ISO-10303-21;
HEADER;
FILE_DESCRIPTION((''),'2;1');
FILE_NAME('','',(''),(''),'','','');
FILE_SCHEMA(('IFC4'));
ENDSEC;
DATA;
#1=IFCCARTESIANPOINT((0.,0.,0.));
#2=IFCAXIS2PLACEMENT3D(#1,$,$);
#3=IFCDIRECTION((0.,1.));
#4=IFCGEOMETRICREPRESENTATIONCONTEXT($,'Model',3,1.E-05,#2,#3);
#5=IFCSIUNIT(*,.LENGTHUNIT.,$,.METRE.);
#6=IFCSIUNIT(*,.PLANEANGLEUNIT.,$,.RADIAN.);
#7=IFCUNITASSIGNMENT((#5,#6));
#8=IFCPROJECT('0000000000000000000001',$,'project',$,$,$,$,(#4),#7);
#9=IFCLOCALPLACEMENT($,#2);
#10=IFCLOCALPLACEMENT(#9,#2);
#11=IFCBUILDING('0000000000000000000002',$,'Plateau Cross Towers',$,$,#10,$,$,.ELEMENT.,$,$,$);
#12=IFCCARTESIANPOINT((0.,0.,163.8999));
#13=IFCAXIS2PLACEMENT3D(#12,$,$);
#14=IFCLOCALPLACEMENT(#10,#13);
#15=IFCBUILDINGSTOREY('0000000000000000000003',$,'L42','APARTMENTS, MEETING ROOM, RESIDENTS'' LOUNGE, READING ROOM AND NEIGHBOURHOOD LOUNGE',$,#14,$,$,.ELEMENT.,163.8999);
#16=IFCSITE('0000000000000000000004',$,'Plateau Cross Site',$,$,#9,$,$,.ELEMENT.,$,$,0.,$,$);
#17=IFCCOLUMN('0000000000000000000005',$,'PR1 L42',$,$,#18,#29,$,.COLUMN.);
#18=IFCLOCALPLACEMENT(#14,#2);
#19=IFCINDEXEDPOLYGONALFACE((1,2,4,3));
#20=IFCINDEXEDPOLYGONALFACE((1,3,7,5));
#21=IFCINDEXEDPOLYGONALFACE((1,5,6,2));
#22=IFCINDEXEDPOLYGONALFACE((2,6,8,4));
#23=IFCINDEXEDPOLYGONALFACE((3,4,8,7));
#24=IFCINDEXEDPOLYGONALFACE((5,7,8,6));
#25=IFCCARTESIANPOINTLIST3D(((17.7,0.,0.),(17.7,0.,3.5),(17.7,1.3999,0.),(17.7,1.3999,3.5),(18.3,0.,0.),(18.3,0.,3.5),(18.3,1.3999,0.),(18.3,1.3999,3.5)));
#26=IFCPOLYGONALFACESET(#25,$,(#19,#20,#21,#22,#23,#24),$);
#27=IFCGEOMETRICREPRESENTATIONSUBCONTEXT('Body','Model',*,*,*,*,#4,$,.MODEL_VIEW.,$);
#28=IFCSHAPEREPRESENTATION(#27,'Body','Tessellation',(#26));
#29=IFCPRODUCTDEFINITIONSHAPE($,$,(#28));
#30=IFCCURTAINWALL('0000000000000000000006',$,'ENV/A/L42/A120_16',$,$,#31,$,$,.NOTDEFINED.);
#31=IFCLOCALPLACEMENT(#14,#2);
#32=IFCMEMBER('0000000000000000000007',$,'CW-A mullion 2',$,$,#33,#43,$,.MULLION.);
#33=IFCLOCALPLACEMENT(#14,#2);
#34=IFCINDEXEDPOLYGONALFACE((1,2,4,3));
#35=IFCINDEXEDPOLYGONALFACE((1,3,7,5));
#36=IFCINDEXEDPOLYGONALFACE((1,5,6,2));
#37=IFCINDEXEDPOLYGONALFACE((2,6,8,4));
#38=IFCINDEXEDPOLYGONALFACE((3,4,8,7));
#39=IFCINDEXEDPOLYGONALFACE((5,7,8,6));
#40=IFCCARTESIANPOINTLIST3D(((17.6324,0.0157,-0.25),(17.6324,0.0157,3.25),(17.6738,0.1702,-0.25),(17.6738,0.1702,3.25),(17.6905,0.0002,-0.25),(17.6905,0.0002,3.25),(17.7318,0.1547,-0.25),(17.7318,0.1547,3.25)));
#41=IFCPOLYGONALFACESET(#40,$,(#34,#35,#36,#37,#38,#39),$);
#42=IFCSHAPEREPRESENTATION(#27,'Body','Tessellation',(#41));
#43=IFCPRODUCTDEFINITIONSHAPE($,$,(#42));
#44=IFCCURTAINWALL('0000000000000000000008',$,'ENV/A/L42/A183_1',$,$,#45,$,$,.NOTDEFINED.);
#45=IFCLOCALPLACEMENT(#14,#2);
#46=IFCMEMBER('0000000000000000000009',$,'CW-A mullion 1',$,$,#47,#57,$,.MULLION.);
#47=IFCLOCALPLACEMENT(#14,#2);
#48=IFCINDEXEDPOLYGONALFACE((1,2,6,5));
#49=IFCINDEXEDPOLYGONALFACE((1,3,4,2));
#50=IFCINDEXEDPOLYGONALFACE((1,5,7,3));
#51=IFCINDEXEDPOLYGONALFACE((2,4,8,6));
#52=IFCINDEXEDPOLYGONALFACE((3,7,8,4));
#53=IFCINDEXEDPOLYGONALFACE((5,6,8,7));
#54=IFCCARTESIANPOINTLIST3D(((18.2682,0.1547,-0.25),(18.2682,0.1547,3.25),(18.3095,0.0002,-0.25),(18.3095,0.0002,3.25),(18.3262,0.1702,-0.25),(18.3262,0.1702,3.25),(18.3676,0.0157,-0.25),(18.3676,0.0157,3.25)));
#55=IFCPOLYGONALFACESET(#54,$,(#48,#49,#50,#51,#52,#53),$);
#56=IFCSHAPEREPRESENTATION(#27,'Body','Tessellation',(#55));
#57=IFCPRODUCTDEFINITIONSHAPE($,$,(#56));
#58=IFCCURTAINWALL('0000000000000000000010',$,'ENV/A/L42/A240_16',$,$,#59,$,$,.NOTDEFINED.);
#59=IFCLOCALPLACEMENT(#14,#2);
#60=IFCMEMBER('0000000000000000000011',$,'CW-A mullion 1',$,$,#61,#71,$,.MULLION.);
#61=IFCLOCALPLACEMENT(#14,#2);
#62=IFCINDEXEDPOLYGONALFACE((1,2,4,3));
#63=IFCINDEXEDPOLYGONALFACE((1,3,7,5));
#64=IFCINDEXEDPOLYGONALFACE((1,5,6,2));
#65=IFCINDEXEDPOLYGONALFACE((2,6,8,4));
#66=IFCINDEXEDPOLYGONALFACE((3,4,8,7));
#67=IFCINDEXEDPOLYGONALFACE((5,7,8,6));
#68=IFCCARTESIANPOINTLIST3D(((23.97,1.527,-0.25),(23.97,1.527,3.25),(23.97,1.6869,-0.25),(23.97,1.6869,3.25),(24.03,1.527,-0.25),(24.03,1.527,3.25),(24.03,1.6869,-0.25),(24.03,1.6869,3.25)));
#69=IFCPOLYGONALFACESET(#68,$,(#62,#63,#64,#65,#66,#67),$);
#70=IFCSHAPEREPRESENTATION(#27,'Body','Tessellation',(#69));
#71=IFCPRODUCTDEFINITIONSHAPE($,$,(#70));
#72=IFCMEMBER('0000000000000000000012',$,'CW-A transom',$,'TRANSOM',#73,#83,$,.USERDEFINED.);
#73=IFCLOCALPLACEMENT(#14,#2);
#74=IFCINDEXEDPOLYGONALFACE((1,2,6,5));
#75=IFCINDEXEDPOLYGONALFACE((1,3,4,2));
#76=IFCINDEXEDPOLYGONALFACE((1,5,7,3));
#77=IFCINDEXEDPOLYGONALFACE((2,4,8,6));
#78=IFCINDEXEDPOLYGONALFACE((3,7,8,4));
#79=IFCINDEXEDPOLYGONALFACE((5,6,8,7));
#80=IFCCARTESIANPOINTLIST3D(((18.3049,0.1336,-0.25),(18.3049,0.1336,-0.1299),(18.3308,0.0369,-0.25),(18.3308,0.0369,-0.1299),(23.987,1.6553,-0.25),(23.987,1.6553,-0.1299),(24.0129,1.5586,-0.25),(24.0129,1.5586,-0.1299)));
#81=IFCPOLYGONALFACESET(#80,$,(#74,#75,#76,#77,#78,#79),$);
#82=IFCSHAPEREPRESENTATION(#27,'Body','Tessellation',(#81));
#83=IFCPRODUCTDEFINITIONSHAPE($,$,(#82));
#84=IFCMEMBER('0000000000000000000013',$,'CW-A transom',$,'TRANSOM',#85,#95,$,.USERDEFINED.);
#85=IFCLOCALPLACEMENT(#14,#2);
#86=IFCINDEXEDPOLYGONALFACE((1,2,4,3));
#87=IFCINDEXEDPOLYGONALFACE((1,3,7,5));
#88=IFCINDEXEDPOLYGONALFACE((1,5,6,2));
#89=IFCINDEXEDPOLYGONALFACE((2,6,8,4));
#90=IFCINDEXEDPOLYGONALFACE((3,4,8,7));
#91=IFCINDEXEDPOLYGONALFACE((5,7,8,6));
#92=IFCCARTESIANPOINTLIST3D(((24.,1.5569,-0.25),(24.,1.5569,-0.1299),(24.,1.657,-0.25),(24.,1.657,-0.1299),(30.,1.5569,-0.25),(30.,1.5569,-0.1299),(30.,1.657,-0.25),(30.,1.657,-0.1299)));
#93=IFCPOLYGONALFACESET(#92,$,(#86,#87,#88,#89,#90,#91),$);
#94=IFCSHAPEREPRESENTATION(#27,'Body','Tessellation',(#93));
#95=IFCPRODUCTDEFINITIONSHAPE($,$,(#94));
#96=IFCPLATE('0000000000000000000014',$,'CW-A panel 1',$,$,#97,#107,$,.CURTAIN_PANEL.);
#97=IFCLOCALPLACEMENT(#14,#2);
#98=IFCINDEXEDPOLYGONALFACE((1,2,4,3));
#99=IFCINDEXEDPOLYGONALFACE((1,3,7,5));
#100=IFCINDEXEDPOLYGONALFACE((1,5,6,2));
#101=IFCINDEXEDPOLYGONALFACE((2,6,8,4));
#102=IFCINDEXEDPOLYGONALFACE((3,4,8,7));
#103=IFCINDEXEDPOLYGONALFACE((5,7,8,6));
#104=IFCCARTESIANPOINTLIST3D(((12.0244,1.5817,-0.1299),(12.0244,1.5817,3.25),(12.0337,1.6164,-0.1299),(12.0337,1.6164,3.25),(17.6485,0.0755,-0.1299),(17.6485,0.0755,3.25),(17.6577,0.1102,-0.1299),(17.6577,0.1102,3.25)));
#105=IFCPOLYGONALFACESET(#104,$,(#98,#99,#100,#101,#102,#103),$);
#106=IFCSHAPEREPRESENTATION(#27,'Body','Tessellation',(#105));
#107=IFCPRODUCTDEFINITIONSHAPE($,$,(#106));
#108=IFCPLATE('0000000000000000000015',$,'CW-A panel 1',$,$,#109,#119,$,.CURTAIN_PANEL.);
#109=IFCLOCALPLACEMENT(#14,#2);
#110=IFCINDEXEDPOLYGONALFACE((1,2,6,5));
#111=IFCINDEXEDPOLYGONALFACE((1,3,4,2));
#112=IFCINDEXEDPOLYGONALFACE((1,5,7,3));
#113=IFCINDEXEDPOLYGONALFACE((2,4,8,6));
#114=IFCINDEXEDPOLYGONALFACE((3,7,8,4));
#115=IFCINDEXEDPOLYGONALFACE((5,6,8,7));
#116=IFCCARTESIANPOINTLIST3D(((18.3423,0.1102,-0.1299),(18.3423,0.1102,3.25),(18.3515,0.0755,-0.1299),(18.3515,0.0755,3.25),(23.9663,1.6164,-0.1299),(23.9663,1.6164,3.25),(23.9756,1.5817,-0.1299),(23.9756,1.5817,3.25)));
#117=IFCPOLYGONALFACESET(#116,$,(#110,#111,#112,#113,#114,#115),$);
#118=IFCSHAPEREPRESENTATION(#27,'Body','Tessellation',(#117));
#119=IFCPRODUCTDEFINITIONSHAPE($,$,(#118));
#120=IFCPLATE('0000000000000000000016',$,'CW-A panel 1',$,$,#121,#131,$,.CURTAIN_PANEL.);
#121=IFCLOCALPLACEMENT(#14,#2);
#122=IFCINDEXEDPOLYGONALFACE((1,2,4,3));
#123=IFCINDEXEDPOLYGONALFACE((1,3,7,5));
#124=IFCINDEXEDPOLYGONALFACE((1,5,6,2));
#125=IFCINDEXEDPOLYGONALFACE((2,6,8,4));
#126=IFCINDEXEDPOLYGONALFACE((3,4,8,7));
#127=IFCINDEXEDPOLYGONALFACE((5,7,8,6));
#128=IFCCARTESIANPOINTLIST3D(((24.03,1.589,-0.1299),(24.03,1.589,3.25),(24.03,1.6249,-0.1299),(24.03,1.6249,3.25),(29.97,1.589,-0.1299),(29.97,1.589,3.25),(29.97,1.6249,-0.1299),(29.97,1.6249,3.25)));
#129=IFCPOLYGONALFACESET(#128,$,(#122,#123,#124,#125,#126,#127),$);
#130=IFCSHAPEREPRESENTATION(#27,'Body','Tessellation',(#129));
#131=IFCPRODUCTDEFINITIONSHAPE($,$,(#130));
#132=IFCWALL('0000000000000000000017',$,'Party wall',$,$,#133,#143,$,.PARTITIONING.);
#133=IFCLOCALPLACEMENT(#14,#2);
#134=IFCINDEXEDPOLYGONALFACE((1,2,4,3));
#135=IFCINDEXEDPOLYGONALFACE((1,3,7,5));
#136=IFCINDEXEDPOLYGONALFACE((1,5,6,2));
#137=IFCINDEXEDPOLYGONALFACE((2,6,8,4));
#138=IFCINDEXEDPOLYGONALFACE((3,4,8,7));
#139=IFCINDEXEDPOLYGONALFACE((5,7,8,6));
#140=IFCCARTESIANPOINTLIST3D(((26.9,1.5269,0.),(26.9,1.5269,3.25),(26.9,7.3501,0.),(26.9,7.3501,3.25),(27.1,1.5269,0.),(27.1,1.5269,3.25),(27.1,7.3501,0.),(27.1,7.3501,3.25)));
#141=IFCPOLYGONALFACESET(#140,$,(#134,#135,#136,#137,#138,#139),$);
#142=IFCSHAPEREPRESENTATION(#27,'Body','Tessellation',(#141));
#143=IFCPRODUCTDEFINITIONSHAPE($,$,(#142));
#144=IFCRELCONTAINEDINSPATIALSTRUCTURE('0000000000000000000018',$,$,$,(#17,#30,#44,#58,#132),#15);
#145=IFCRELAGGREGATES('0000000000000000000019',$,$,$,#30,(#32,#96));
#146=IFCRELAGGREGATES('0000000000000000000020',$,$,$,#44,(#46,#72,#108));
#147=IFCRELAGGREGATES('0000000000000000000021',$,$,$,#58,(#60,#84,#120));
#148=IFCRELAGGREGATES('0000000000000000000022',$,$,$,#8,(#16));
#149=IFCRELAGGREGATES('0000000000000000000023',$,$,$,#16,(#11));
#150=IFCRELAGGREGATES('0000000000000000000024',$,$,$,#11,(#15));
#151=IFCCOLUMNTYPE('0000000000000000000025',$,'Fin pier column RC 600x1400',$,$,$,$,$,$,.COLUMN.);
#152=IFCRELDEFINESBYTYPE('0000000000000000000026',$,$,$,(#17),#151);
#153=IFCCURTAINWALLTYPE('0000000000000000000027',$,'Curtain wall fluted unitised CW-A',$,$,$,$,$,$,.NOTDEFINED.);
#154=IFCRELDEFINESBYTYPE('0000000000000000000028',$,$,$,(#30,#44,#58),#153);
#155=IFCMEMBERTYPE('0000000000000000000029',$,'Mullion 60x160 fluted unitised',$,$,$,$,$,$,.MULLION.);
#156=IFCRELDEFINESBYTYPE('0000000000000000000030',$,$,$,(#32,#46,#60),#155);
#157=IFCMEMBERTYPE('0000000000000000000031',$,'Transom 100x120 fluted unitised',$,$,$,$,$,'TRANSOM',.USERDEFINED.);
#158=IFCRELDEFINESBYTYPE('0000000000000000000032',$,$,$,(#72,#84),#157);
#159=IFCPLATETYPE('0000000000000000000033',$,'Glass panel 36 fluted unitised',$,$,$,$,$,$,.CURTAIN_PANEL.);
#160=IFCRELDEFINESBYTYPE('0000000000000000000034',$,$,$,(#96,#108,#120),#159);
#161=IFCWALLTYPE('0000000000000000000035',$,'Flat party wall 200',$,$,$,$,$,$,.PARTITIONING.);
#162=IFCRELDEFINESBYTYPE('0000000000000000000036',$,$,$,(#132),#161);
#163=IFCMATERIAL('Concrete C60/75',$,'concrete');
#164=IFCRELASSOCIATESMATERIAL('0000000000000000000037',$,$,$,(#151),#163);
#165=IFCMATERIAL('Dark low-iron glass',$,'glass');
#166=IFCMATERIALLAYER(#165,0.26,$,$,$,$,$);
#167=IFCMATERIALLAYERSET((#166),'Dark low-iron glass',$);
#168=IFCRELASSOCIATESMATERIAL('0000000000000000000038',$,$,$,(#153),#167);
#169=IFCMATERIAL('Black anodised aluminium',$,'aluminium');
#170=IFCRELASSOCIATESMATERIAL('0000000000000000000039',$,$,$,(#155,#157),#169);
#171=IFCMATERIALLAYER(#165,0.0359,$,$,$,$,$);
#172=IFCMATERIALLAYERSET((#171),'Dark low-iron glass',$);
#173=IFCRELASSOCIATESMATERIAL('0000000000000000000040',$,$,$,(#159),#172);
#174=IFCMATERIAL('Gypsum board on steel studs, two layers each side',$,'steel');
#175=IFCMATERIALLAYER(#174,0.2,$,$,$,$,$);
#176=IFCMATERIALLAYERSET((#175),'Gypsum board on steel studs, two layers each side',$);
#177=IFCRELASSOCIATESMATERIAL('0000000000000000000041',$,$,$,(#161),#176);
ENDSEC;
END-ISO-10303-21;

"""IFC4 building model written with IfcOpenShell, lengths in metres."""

from ifc_helpers import new_model, si_unit, direction, frame, frame_2d, origin, origin_2d, place, context, subcontext, project, spatial, rectangle, extrude, material, layer, layer_set, material_profile, profile_set, type_object, element, aggregate, save


model = new_model("IFC4")

# Units and contexts
model_context = context("Model", 3, precision=1e-05, world=origin(), true_north=direction((0.0, 1.0)))
body_context = subcontext(model_context, "Body", "Model", "MODEL_VIEW")
ifc_project = project(units=[si_unit("LENGTHUNIT", "METRE"), si_unit("PLANEANGLEUNIT", "RADIAN")], contexts=[model_context])

# Site, building, storey
site_placement = place(None, origin())
site = spatial("IfcSite", under=ifc_project, at=site_placement, Name="Plateau Cross Site", CompositionType="ELEMENT", RefElevation=0.0)
building_placement = place(site_placement, origin())
building = spatial("IfcBuilding", under=site, at=building_placement, Name="Plateau Cross Towers", CompositionType="ELEMENT")
storey_placement = place(building_placement, frame((0.0, 0.0, 163.8999)))
storey = spatial("IfcBuildingStorey", under=building, at=storey_placement, Name="L42", Description="APARTMENTS, MEETING ROOM, RESIDENTS' LOUNGE, READING ROOM AND NEIGHBOURHOOD LOUNGE", CompositionType="ELEMENT", Elevation=163.8999)

# Column
ifc_material_1 = material(Name="Concrete C60/75", Category="concrete")
ifc_material_profile_1 = material_profile(ifc_material_1, rectangle(XDim=0.6001, YDim=1.3999, at=origin_2d()), Name="RC 600x1400")
ifc_profile_set_1 = profile_set([ifc_material_profile_1], Name="Concrete C60/75")
column_type = type_object("IfcColumnType", Name="Fin pier column RC 600x1400", PredefinedType="COLUMN", material=ifc_profile_set_1)
column_placement = place(storey_placement, frame((18.0, 0.7, 0.0), z_axis=(0.0, 0.0, 1.0), x_axis=(1.0, 0.0, 0.0)))
element("IfcColumn", 1, at=column_placement, inside=storey, type_object=column_type, Name="PR1 L42", PredefinedType="COLUMN", context=body_context, shape_type="SweptSolid", body=[
    extrude(rectangle(XDim=0.6001, YDim=1.3999, at=origin_2d()), origin(), (0.0, 0.0, 1.0), 3.5),
])

# Curtain walls, members
ifc_material_2 = material(Name="Dark low-iron glass", Category="glass")
ifc_layer_1 = layer(ifc_material_2, 0.26)
ifc_layer_set_1 = layer_set([ifc_layer_1], Name="Dark low-iron glass")
curtain_wall_type = type_object("IfcCurtainWallType", Name="Curtain wall fluted unitised CW-A", PredefinedType="NOTDEFINED", material=ifc_layer_set_1)
curtain_wall_1_placement = place(storey_placement, origin())
curtain_wall_1 = element("IfcCurtainWall", 2, at=curtain_wall_1_placement, inside=storey, type_object=curtain_wall_type, Name="ENV/A/L42/A120_16", PredefinedType="NOTDEFINED")
ifc_material_3 = material(Name="Black anodised aluminium", Category="aluminium")
ifc_material_profile_2 = material_profile(ifc_material_3, rectangle(XDim=0.0601, YDim=0.1599, at=origin_2d()), Name="MULLION 60x160")
ifc_profile_set_2 = profile_set([ifc_material_profile_2], Name="Black anodised aluminium")
member_type_1 = type_object("IfcMemberType", Name="Mullion 60x160 fluted unitised", PredefinedType="MULLION", material=ifc_profile_set_2)
member_1_placement = place(storey_placement, frame((17.6821, 0.0852, -0.25), z_axis=(0.0, 0.0, 1.0), x_axis=(0.965958, -0.258699, 0.0)))
member_1 = element("IfcMember", 3, at=member_1_placement, type_object=member_type_1, Name="CW-A mullion 2", PredefinedType="MULLION", context=body_context, shape_type="SweptSolid", body=[
    extrude(rectangle(XDim=0.0601, YDim=0.1599, at=origin_2d()), origin(), (0.0, 0.0, 1.0), 3.5),
])
curtain_wall_2_placement = place(storey_placement, origin())
curtain_wall_2 = element("IfcCurtainWall", 4, at=curtain_wall_2_placement, inside=storey, type_object=curtain_wall_type, Name="ENV/A/L42/A183_1", PredefinedType="NOTDEFINED")
member_2_placement = place(storey_placement, frame((18.3179, 0.0852, -0.25), z_axis=(0.0, 0.0, 1.0), x_axis=(0.965958, 0.258699, 0.0)))
member_2 = element("IfcMember", 5, at=member_2_placement, type_object=member_type_1, Name="CW-A mullion 1", PredefinedType="MULLION", context=body_context, shape_type="SweptSolid", body=[
    extrude(rectangle(XDim=0.0601, YDim=0.1599, at=origin_2d()), origin(), (0.0, 0.0, 1.0), 3.5),
])
curtain_wall_3_placement = place(storey_placement, origin())
curtain_wall_3 = element("IfcCurtainWall", 6, at=curtain_wall_3_placement, inside=storey, type_object=curtain_wall_type, Name="ENV/A/L42/A240_16", PredefinedType="NOTDEFINED")
member_3_placement = place(storey_placement, frame((24.0, 1.6069, -0.25), z_axis=(0.0, 0.0, 1.0), x_axis=(1.0, 0.0, 0.0)))
member_3 = element("IfcMember", 7, at=member_3_placement, type_object=member_type_1, Name="CW-A mullion 1", PredefinedType="MULLION", context=body_context, shape_type="SweptSolid", body=[
    extrude(rectangle(XDim=0.0601, YDim=0.1599, at=origin_2d()), origin(), (0.0, 0.0, 1.0), 3.5),
])

# Members
ifc_material_profile_3 = material_profile(ifc_material_3, rectangle(XDim=0.1001, YDim=0.1201, at=origin_2d()), Name="TRANSOM 100x120")
ifc_profile_set_3 = profile_set([ifc_material_profile_3], Name="Black anodised aluminium")
member_type_2 = type_object("IfcMemberType", Name="Transom 100x120 fluted unitised", ElementType="TRANSOM", PredefinedType="USERDEFINED", material=ifc_profile_set_3)
member_4_placement = place(storey_placement, frame((18.3179, 0.0852, -0.1899), z_axis=(0.96596, 0.258693, 0.0), x_axis=(-0.258693, 0.96596, 0.0)))
member_4 = element("IfcMember", 8, at=member_4_placement, type_object=member_type_2, Name="CW-A transom", ObjectType="TRANSOM", PredefinedType="USERDEFINED", context=body_context, shape_type="SweptSolid", body=[
    extrude(rectangle(XDim=0.1001, YDim=0.1201, at=origin_2d()), origin(), (0.0, 0.0, 1.0), 5.8823),
])
member_5_placement = place(storey_placement, frame((24.0, 1.6069, -0.1899), z_axis=(1.0, 0.0, 0.0), x_axis=(0.0, 1.0, 0.0)))
member_5 = element("IfcMember", 9, at=member_5_placement, type_object=member_type_2, Name="CW-A transom", ObjectType="TRANSOM", PredefinedType="USERDEFINED", context=body_context, shape_type="SweptSolid", body=[
    extrude(rectangle(XDim=0.1001, YDim=0.1201, at=origin_2d()), origin(), (0.0, 0.0, 1.0), 6.0),
])

# Plates
ifc_layer_2 = layer(ifc_material_2, 0.0359)
ifc_layer_set_2 = layer_set([ifc_layer_2], Name="Dark low-iron glass")
plate_type = type_object("IfcPlateType", Name="Glass panel 36 fluted unitised", PredefinedType="CURTAIN_PANEL", material=ifc_layer_set_2)
plate_1_placement = place(storey_placement, frame((14.8411, 0.8459, -0.1299), z_axis=(0.0, 0.0, 1.0), x_axis=(0.965958, -0.258699, 0.0)))
plate_1 = element("IfcPlate", 10, at=plate_1_placement, type_object=plate_type, Name="CW-A panel 1", PredefinedType="CURTAIN_PANEL", context=body_context, shape_type="SweptSolid", body=[
    extrude(rectangle(XDim=5.8223, YDim=0.0359, at=origin_2d()), origin(), (0.0, 0.0, 1.0), 3.3799),
])
aggregate(curtain_wall_1, [member_1, plate_1])
plate_2_placement = place(storey_placement, frame((21.1589, 0.8459, -0.1299), z_axis=(0.0, 0.0, 1.0), x_axis=(0.965958, 0.258699, 0.0)))
plate_2 = element("IfcPlate", 11, at=plate_2_placement, type_object=plate_type, Name="CW-A panel 1", PredefinedType="CURTAIN_PANEL", context=body_context, shape_type="SweptSolid", body=[
    extrude(rectangle(XDim=5.8223, YDim=0.0359, at=origin_2d()), origin(), (0.0, 0.0, 1.0), 3.3799),
])
aggregate(curtain_wall_2, [member_2, member_4, plate_2])
plate_3_placement = place(storey_placement, frame((27.0, 1.6069, -0.1299), z_axis=(0.0, 0.0, 1.0), x_axis=(1.0, 0.0, 0.0)))
plate_3 = element("IfcPlate", 12, at=plate_3_placement, type_object=plate_type, Name="CW-A panel 1", PredefinedType="CURTAIN_PANEL", context=body_context, shape_type="SweptSolid", body=[
    extrude(rectangle(XDim=5.9399, YDim=0.0359, at=origin_2d()), origin(), (0.0, 0.0, 1.0), 3.3799),
])
aggregate(curtain_wall_3, [member_3, member_5, plate_3])

# Wall
ifc_material_4 = material(Name="Gypsum board on steel studs, two layers each side", Category="steel")
ifc_layer_3 = layer(ifc_material_4, 0.2)
ifc_layer_set_3 = layer_set([ifc_layer_3], Name="Gypsum board on steel studs, two layers each side")
wall_type = type_object("IfcWallType", Name="Flat party wall 200", PredefinedType="PARTITIONING", material=ifc_layer_set_3)
wall_placement = place(storey_placement, frame((27.0, 1.5269, 0.0), z_axis=(0.0, 0.0, 1.0), x_axis=(0.0, 1.0, 0.0)))
element("IfcWall", 13, at=wall_placement, inside=storey, type_object=wall_type, Name="Party wall", PredefinedType="PARTITIONING", context=body_context, shape_type="SweptSolid", body=[
    extrude(rectangle(XDim=5.8232, YDim=0.2, at=frame_2d((2.9116, 0.0))), origin(), (0.0, 0.0, 1.0), 3.25),
])

save(model, "model.ifc")
